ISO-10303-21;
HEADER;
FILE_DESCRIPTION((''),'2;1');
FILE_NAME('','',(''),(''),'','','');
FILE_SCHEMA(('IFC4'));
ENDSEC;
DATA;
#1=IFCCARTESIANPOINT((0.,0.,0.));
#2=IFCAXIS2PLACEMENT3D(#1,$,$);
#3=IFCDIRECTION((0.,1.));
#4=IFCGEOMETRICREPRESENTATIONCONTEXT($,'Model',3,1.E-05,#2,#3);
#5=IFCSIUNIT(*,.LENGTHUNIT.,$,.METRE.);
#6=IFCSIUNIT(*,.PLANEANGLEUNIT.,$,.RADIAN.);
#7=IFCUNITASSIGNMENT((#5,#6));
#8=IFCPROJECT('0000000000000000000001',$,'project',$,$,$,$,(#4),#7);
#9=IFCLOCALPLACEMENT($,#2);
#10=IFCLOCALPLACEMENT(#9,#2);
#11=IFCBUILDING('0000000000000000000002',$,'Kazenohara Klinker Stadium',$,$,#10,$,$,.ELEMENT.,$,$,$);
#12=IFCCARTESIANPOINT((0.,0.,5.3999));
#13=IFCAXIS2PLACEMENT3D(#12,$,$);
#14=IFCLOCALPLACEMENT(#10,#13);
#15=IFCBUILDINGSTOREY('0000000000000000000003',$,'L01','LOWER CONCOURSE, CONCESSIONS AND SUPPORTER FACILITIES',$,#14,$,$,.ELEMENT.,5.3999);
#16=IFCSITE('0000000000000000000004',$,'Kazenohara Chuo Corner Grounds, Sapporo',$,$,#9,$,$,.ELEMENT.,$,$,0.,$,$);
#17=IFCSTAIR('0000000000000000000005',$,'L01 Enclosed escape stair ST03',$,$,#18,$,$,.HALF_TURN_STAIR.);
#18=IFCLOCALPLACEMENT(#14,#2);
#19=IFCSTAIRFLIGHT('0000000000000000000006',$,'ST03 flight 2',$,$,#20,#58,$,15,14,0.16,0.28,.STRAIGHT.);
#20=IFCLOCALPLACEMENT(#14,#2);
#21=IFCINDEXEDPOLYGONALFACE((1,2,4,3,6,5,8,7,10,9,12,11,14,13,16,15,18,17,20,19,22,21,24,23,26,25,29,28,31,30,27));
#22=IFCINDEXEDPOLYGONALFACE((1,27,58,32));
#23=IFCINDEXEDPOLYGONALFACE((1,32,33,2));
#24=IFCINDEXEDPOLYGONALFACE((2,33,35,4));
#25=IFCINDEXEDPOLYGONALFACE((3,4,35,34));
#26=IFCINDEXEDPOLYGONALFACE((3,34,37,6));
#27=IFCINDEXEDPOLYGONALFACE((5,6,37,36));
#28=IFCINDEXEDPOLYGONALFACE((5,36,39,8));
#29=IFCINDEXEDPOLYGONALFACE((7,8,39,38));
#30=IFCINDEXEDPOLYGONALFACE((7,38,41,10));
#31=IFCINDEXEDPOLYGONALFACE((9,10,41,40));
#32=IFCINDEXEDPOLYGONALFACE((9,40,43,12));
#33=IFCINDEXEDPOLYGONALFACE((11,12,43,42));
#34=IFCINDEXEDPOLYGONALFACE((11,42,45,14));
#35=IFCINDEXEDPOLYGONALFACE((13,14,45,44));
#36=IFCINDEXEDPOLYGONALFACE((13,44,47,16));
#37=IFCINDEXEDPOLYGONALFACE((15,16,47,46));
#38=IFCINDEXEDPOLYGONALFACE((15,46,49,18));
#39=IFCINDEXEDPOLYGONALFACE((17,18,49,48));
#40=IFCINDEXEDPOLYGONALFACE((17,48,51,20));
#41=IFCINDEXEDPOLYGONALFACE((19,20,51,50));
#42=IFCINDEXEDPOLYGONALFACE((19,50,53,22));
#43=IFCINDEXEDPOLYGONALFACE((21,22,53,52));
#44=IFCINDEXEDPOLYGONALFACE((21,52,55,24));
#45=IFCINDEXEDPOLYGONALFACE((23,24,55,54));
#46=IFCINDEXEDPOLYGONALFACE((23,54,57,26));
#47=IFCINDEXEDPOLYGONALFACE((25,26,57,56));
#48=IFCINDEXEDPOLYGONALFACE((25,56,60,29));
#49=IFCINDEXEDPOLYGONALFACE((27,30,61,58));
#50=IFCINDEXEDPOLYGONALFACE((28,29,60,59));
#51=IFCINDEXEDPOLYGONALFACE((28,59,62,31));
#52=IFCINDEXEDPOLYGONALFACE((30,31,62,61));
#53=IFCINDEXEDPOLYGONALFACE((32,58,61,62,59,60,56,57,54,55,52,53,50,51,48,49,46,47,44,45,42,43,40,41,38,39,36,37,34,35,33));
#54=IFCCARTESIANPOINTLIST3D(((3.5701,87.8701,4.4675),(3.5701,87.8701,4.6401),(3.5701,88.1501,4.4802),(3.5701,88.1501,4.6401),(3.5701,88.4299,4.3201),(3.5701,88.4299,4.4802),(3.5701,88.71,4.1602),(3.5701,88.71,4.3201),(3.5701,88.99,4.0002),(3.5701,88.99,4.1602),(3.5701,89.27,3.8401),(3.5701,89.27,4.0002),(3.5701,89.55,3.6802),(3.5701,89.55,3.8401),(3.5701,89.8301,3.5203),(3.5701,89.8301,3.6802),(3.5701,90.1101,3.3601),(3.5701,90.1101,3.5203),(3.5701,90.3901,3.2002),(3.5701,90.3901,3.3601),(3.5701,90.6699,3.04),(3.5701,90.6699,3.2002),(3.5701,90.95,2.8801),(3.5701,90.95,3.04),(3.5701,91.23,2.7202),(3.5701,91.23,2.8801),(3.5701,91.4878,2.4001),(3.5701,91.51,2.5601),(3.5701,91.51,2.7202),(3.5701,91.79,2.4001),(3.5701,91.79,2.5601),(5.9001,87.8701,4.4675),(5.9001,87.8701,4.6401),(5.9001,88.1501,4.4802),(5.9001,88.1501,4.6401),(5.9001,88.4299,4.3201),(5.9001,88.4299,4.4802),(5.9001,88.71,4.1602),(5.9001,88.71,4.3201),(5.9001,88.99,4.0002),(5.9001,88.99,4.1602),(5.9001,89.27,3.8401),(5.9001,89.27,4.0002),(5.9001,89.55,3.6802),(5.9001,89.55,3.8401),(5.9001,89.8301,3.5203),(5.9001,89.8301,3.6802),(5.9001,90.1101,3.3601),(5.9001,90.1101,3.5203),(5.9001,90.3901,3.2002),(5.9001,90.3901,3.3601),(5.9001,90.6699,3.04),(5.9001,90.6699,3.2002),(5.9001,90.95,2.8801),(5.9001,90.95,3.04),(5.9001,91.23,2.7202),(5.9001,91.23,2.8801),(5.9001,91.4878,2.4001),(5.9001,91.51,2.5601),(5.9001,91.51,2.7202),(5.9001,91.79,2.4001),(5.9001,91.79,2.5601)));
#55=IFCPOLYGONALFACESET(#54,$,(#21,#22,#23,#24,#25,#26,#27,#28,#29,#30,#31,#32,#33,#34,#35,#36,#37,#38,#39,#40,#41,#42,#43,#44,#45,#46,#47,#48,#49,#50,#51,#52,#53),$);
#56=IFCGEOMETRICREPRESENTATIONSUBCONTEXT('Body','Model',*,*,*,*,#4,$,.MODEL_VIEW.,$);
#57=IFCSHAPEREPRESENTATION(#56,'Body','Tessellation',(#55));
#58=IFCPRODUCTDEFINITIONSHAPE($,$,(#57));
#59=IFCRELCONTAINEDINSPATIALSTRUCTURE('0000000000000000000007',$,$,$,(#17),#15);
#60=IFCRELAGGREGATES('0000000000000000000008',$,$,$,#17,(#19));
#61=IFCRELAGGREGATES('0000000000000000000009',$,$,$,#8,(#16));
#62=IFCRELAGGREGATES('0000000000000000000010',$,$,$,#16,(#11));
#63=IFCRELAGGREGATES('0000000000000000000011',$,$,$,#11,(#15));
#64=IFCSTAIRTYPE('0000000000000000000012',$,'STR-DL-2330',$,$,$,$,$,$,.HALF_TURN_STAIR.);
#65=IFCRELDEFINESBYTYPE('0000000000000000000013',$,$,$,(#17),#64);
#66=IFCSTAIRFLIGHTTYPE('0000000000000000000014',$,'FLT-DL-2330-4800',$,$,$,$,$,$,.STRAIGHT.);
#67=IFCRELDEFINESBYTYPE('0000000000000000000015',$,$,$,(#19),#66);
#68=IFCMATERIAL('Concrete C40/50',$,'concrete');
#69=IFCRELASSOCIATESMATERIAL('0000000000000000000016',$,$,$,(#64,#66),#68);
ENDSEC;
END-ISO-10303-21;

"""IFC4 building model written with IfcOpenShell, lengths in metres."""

from ifc_helpers import new_model, si_unit, direction, frame, origin, place, context, subcontext, project, spatial, polyline, outline, extrude, material, type_object, element, aggregate, save


model = new_model("IFC4")

# Units and contexts
model_context = context("Model", 3, precision=1e-05, world=origin(), true_north=direction((0.0, 1.0)))
body_context = subcontext(model_context, "Body", "Model", "MODEL_VIEW")
ifc_project = project(units=[si_unit("LENGTHUNIT", "METRE"), si_unit("PLANEANGLEUNIT", "RADIAN")], contexts=[model_context])

# Site, building, storey
site_placement = place(None, origin())
site = spatial("IfcSite", under=ifc_project, at=site_placement, Name="Kazenohara Chuo Corner Grounds, Sapporo", CompositionType="ELEMENT", RefElevation=0.0)
building_placement = place(site_placement, origin())
building = spatial("IfcBuilding", under=site, at=building_placement, Name="Kazenohara Klinker Stadium", CompositionType="ELEMENT")
storey_placement = place(building_placement, frame((0.0, 0.0, 5.3999)))
storey = spatial("IfcBuildingStorey", under=building, at=storey_placement, Name="L01", Description="LOWER CONCOURSE, CONCESSIONS AND SUPPORTER FACILITIES", CompositionType="ELEMENT", Elevation=5.3999)

# Shared definitions
ifc_material_1 = material(Name="Concrete C40/50", Category="concrete")

# Stair, stair flight
stair_type = type_object("IfcStairType", Name="STR-DL-2330", PredefinedType="HALF_TURN_STAIR", material=ifc_material_1)
stair_placement = place(storey_placement, origin())
stair = element("IfcStair", 1, at=stair_placement, inside=storey, type_object=stair_type, Name="L01 Enclosed escape stair ST03", PredefinedType="HALF_TURN_STAIR")
stair_flight_type = type_object("IfcStairFlightType", Name="FLT-DL-2330-4800", PredefinedType="STRAIGHT", material=ifc_material_1)
stair_flight_1_placement = place(storey_placement, frame((4.7351, 91.79, 2.4001), z_axis=(0.0, 0.0, 1.0), x_axis=(0.0, -1.0, 0.0)))
stair_flight_1 = element("IfcStairFlight", 2, at=stair_flight_1_placement, type_object=stair_flight_type, Name="ST03 flight 2", NumberOfRisers=15, NumberOfTreads=14, PredefinedType="STRAIGHT", RiserHeight=0.16, TreadLength=0.28, context=body_context, shape_type="SweptSolid", body=[
    extrude(outline(polyline([(0.0, 0.0), (0.0, 0.1599), (0.28, 0.1599), (0.28, 0.3201), (0.5601, 0.3201), (0.5601, 0.48), (0.8401, 0.48), (0.8401, 0.6399), (1.1201, 0.6399), (1.1201, 0.8), (1.3999, 0.8), (1.3999, 0.96), (1.6799, 0.96), (1.6799, 1.1201), (1.96, 1.1201), (1.96, 1.28), (2.24, 1.28), (2.24, 1.4399), (2.52, 1.4399), (2.52, 1.6001), (2.8, 1.6001), (2.8, 1.76), (3.0801, 1.76), (3.0801, 1.9199), (3.3601, 1.9199), (3.3601, 2.0801), (3.6399, 2.0801), (3.6399, 2.24), (3.9199, 2.24), (3.9199, 2.3999), (3.9199, 2.0674), (0.3022, 0.0), (0.0, 0.0)])), frame((0.0, 1.165, 0.0), z_axis=(0.0, -1.0, 0.0), x_axis=(1.0, 0.0, 0.0)), (0.0, 0.0, 1.0), 2.3301),
])
aggregate(stair, [stair_flight_1])

save(model, "model.ifc")
